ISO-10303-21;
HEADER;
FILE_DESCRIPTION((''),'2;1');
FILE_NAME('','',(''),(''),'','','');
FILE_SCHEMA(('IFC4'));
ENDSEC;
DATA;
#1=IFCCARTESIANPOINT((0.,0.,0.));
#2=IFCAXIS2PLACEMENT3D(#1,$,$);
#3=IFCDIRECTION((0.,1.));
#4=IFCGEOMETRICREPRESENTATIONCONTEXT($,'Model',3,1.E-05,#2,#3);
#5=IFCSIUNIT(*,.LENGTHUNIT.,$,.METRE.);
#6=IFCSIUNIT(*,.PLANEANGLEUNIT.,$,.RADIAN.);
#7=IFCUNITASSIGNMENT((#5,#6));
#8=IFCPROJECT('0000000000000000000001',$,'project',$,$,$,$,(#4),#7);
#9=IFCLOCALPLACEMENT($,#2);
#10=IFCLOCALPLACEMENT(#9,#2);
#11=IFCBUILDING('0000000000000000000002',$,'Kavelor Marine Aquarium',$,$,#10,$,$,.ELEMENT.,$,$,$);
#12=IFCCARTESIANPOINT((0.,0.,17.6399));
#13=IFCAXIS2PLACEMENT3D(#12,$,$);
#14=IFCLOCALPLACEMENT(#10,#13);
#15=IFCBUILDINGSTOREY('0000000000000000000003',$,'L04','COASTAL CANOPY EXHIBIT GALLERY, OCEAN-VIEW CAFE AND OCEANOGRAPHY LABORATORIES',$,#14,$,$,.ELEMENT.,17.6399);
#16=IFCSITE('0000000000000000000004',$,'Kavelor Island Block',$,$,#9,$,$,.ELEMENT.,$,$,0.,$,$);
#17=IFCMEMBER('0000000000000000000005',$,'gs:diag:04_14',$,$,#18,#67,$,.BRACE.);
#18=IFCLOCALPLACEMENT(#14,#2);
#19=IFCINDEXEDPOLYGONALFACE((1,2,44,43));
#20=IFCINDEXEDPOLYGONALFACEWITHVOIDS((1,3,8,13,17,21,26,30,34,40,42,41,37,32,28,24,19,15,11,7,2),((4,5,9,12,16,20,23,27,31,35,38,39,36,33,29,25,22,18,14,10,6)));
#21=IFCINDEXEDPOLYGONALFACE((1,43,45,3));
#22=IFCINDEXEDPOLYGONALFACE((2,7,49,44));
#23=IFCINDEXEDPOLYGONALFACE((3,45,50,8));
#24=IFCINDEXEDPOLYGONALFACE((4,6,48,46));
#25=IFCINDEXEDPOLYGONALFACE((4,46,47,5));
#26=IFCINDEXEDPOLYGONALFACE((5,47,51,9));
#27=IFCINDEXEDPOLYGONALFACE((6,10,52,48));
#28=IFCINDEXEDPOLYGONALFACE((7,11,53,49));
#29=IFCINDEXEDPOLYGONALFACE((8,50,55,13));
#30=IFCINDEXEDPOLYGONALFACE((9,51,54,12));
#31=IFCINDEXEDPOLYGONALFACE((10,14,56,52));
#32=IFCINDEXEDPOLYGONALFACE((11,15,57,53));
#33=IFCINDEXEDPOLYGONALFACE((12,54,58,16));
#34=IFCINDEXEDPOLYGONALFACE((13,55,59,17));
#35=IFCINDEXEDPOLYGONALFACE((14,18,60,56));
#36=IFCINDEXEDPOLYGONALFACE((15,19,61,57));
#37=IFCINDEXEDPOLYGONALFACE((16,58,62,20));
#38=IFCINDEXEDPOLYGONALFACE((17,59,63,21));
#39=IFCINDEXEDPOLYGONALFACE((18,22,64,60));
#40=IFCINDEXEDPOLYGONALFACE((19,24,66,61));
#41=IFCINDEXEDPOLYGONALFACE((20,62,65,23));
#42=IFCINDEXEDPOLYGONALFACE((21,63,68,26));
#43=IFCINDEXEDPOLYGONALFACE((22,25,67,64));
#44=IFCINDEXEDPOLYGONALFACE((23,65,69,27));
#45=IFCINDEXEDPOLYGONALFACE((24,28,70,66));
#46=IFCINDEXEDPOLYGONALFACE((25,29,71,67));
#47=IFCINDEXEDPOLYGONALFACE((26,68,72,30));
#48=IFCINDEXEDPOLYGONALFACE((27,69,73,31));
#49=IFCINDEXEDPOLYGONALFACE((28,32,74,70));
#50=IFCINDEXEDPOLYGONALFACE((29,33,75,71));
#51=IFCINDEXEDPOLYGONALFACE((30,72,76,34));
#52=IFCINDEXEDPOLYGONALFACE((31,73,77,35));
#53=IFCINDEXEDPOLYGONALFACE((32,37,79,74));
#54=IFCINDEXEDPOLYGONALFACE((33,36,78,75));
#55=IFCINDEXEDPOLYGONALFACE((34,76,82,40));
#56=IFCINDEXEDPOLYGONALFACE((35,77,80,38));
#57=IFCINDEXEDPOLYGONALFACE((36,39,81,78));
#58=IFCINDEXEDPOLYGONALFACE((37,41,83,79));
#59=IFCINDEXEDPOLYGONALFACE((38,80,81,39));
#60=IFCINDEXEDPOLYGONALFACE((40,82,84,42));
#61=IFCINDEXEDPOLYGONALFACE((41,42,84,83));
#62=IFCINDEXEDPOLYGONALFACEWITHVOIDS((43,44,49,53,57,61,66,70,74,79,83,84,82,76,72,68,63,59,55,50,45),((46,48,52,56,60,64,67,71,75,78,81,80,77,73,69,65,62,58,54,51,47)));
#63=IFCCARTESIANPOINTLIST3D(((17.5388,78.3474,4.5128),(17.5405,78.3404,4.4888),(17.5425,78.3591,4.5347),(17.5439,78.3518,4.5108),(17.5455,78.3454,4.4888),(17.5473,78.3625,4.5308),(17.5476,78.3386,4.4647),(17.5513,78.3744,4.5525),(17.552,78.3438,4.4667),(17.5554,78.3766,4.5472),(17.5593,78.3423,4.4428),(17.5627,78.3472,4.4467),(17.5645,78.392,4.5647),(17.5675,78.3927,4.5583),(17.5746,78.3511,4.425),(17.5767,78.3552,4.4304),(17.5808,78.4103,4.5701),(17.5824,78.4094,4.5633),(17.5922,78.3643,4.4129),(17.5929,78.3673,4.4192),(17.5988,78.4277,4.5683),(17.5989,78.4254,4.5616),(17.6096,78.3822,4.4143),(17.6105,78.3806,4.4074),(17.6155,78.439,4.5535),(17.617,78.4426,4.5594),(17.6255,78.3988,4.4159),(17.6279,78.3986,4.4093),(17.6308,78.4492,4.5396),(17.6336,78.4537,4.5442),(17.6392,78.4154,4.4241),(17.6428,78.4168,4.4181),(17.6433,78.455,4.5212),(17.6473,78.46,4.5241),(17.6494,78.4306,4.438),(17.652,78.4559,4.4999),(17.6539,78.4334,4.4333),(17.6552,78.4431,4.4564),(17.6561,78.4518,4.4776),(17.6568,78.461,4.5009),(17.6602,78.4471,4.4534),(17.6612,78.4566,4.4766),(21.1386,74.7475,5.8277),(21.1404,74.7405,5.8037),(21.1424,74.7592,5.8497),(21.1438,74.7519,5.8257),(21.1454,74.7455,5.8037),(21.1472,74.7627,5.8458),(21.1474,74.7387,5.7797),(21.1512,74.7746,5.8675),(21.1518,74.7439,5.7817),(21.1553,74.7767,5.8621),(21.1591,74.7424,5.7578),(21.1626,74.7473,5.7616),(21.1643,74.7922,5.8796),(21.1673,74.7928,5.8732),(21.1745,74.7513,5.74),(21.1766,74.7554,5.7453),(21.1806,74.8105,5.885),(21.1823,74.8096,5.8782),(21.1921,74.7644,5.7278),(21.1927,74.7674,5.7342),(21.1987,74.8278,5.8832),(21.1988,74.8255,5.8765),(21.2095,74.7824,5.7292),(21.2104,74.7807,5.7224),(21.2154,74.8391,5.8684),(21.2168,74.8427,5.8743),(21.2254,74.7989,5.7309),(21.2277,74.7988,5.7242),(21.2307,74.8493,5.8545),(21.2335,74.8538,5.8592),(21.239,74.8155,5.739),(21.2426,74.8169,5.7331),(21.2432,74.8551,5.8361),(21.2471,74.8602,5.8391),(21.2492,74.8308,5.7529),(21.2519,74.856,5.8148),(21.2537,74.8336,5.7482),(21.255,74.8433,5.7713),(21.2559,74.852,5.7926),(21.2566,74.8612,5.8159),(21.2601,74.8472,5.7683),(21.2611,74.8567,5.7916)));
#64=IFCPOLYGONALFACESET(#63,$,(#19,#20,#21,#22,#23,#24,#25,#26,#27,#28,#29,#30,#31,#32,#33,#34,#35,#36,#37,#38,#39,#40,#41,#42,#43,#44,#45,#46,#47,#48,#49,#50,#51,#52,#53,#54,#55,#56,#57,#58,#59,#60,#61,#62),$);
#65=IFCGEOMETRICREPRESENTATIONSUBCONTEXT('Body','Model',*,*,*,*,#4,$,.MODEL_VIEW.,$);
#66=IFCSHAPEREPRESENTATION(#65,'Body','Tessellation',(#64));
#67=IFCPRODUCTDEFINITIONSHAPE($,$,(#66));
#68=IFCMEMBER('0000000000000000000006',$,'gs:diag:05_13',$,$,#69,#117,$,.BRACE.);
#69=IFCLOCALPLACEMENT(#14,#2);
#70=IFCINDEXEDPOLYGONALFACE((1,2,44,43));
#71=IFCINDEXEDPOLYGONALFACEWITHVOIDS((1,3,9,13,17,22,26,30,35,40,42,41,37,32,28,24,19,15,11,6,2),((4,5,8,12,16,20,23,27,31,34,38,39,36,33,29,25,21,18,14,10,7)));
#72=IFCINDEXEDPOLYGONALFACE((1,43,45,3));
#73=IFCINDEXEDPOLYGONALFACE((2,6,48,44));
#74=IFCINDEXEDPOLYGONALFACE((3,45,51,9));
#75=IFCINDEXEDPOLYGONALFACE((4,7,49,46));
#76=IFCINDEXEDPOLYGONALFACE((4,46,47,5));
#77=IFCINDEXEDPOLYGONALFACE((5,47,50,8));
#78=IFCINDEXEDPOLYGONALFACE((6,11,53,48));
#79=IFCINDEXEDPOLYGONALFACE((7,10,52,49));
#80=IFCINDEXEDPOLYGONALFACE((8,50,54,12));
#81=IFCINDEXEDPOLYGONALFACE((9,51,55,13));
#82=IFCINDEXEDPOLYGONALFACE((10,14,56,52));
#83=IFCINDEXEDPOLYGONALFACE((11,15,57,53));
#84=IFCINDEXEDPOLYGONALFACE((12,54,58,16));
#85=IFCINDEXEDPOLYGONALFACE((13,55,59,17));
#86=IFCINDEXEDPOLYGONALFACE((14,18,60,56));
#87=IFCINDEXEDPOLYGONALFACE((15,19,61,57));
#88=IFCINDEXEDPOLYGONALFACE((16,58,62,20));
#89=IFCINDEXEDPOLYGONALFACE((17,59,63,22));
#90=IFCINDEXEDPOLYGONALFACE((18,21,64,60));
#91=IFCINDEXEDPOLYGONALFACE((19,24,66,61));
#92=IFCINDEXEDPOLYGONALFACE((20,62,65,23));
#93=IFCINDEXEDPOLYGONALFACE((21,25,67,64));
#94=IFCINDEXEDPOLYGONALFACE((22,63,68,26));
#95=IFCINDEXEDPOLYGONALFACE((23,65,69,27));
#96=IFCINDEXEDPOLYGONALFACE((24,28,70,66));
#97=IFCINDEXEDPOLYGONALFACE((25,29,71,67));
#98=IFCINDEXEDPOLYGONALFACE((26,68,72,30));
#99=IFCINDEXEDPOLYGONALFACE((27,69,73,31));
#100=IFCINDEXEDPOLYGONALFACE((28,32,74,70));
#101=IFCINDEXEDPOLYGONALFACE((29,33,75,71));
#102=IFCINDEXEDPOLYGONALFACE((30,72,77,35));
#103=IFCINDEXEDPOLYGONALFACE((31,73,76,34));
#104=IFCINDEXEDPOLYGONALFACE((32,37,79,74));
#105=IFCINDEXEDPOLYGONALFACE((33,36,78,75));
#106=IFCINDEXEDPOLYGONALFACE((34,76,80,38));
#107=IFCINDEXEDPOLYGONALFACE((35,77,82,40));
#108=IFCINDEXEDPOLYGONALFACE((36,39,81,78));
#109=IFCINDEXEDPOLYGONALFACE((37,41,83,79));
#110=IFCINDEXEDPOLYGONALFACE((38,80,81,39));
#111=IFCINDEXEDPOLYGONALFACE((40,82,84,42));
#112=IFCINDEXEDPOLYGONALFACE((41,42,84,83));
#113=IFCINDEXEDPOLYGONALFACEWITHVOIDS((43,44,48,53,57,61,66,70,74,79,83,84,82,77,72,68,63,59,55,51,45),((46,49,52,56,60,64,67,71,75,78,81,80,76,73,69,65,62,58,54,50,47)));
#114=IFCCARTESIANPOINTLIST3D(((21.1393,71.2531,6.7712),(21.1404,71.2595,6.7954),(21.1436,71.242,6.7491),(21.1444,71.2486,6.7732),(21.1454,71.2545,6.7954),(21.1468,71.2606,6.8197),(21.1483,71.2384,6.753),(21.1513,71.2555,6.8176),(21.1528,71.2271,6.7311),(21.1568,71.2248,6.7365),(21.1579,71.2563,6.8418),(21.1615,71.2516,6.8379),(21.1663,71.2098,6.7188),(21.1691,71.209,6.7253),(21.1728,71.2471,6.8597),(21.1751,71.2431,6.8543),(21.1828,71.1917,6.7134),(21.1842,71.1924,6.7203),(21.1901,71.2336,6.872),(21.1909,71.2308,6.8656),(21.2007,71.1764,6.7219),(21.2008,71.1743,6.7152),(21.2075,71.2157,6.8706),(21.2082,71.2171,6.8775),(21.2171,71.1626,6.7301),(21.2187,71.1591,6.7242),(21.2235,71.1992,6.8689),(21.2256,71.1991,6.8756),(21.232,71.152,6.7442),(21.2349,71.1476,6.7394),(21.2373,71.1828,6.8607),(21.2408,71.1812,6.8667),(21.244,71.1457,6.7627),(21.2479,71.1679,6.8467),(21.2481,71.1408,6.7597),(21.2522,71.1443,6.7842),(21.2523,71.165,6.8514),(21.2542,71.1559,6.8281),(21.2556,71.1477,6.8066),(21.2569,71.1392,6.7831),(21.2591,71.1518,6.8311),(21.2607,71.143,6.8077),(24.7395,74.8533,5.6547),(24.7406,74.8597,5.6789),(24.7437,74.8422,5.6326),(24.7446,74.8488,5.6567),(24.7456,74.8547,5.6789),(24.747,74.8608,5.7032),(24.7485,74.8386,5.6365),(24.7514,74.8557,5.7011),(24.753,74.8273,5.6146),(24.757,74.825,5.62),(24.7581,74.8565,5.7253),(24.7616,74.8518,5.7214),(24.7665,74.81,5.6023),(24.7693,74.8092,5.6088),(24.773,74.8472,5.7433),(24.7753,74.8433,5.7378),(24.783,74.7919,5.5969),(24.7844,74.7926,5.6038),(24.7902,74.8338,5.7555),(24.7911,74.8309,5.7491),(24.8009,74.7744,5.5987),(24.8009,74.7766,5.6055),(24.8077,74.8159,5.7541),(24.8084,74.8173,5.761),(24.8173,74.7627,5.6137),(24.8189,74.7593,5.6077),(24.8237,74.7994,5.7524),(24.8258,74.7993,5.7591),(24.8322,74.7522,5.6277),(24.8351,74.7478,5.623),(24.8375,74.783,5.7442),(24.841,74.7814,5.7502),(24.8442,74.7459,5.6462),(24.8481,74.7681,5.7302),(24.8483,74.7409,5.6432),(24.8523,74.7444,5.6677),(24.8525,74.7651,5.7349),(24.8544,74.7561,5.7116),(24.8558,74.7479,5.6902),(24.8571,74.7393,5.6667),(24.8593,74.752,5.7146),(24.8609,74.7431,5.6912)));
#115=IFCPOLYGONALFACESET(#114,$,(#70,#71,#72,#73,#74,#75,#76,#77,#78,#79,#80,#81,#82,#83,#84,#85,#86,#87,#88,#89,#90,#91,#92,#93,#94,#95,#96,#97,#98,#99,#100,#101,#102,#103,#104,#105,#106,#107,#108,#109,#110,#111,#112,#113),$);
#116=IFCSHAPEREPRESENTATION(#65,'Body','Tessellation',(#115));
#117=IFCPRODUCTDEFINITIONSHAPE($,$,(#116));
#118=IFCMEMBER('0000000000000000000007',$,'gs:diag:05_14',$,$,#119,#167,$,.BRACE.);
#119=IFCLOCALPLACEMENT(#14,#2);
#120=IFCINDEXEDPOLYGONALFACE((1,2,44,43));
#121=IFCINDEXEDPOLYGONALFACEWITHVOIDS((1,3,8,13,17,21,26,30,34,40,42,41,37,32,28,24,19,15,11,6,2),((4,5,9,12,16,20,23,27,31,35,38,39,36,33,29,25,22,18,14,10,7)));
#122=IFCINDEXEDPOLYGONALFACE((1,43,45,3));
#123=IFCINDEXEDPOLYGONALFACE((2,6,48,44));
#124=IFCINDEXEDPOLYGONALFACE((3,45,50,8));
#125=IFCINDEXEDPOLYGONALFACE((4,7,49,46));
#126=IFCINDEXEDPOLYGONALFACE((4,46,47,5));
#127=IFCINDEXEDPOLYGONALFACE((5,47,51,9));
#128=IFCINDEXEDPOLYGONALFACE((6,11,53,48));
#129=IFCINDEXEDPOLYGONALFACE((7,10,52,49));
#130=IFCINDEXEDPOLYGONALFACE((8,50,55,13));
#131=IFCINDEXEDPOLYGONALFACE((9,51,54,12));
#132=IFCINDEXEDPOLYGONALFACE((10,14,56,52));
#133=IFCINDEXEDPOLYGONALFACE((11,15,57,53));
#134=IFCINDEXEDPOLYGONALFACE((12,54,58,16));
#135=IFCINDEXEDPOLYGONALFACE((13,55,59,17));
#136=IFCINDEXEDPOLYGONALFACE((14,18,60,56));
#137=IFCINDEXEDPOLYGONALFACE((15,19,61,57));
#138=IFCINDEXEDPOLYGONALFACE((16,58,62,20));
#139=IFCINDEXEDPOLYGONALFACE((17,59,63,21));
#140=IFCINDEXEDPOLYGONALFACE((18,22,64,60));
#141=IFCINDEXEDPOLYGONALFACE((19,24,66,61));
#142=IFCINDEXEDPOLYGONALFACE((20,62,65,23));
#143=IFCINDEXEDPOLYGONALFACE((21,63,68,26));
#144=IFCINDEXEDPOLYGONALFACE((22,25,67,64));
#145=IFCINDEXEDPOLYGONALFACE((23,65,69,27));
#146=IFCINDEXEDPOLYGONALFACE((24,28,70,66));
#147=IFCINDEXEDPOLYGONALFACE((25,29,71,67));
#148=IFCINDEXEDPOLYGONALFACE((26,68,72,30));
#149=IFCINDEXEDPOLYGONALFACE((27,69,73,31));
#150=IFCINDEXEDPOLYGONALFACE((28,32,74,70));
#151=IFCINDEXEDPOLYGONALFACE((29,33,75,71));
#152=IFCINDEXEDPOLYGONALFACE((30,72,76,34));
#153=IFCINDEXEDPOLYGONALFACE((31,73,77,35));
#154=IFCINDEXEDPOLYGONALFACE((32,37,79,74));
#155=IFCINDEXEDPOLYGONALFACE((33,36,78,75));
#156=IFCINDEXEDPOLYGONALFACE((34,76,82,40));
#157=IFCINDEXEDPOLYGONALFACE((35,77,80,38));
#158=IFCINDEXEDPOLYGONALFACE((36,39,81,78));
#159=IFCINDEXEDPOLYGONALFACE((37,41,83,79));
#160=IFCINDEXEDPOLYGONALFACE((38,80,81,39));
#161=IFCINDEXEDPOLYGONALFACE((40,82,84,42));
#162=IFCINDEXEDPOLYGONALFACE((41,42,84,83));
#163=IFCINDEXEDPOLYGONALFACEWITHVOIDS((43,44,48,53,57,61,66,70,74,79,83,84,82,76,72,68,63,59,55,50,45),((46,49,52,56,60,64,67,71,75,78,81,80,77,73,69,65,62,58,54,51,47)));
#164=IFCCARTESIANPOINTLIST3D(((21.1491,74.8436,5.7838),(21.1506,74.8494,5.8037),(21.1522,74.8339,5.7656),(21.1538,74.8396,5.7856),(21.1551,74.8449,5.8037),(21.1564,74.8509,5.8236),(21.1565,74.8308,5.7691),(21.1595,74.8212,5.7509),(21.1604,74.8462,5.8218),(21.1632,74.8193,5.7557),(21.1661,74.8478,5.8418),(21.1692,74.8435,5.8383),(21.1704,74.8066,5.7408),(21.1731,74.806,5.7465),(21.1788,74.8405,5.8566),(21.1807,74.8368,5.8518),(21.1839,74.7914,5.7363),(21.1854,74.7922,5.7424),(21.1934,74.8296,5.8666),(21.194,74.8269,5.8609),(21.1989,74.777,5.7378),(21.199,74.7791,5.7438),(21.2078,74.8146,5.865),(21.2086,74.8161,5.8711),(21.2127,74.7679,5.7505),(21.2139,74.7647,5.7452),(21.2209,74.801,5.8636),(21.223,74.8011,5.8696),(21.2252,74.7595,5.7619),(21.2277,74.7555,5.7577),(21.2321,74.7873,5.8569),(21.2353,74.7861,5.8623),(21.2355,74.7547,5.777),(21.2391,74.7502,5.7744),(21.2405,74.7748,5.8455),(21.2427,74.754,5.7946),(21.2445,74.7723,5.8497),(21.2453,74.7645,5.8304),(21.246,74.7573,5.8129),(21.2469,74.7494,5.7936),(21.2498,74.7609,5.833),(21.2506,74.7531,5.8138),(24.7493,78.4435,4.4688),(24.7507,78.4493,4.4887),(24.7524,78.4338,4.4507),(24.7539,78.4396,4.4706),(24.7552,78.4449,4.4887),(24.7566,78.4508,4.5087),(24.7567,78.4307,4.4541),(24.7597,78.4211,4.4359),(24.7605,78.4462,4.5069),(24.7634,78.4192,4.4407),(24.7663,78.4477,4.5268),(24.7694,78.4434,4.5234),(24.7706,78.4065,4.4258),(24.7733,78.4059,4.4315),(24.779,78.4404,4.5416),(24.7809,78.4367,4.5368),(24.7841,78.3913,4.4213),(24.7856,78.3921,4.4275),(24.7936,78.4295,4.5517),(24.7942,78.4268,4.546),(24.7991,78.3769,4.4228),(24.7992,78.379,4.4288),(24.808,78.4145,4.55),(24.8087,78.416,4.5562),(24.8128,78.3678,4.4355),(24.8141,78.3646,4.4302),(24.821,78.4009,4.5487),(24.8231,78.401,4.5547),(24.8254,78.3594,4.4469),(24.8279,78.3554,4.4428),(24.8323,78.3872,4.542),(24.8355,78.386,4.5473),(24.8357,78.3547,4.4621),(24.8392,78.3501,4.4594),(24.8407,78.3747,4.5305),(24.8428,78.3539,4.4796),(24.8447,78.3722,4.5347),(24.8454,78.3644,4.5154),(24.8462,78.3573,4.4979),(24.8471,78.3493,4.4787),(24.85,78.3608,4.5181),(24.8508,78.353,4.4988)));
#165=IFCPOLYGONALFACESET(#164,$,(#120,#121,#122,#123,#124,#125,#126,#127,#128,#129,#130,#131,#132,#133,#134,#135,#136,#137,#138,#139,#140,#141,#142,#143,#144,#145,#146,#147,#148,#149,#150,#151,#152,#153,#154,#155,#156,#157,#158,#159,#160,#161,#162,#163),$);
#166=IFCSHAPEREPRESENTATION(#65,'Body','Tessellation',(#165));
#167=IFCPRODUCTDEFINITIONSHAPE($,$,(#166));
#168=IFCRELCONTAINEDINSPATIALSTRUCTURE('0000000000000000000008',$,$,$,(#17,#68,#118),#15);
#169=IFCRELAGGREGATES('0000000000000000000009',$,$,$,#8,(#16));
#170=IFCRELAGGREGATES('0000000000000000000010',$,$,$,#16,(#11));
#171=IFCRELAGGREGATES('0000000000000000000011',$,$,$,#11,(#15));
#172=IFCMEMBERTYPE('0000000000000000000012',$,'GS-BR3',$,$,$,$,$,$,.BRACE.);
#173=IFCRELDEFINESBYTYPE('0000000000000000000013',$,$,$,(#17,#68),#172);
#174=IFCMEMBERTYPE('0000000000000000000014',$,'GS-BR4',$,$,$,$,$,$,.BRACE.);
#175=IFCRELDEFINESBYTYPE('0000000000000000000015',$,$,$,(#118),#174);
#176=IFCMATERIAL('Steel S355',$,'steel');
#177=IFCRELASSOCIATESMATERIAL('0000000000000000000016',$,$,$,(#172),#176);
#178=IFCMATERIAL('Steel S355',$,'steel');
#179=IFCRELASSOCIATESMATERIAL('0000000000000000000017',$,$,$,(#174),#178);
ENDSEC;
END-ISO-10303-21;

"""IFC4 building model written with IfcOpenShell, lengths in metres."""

from ifc_helpers import new_model, si_unit, direction, frame, origin, origin_2d, place, context, subcontext, project, spatial, hollow_circle, extrude, material, material_profile, profile_set, type_object, element, save


model = new_model("IFC4")

# Units and contexts
model_context = context("Model", 3, precision=1e-05, world=origin(), true_north=direction((0.0, 1.0)))
body_context = subcontext(model_context, "Body", "Model", "MODEL_VIEW")
ifc_project = project(units=[si_unit("LENGTHUNIT", "METRE"), si_unit("PLANEANGLEUNIT", "RADIAN")], contexts=[model_context])

# Site, building, storey
site_placement = place(None, origin())
site = spatial("IfcSite", under=ifc_project, at=site_placement, Name="Kavelor Island Block", CompositionType="ELEMENT", RefElevation=0.0)
building_placement = place(site_placement, origin())
building = spatial("IfcBuilding", under=site, at=building_placement, Name="Kavelor Marine Aquarium", CompositionType="ELEMENT")
storey_placement = place(building_placement, frame((0.0, 0.0, 17.6399)))
storey = spatial("IfcBuildingStorey", under=building, at=storey_placement, Name="L04", Description="COASTAL CANOPY EXHIBIT GALLERY, OCEAN-VIEW CAFE AND OCEANOGRAPHY LABORATORIES", CompositionType="ELEMENT", Elevation=17.6399)

# Members
ifc_material_1 = material(Name="Steel S355", Category="steel")
ifc_material_profile_1 = material_profile(ifc_material_1, hollow_circle(Radius=0.0842, WallThickness=0.0071, at=origin_2d()), Name="CHS 168.3x7.1")
ifc_profile_set_1 = profile_set([ifc_material_profile_1], Name="Steel S355")
member_type_1 = type_object("IfcMemberType", Name="GS-BR3", PredefinedType="BRACE", material=ifc_profile_set_1)
member_1_placement = place(storey_placement, frame((21.2, 74.8, 5.8037), z_axis=(-0.684638, 0.684638, -0.250082), x_axis=(-0.707107, -0.707107, 0.0)))
element("IfcMember", 1, at=member_1_placement, inside=storey, type_object=member_type_1, Name="gs:diag:04_14", PredefinedType="BRACE", context=body_context, shape_type="SweptSolid", body=[
    extrude(hollow_circle(Radius=0.0842, WallThickness=0.0071, at=origin_2d()), origin(), (0.0, 0.0, 1.0), 5.2581),
])
member_2_placement = place(storey_placement, frame((21.2, 71.2, 6.7954), z_axis=(0.690695, 0.690695, -0.214197), x_axis=(-0.707107, 0.707107, 0.0)))
element("IfcMember", 2, at=member_2_placement, inside=storey, type_object=member_type_1, Name="gs:diag:05_13", PredefinedType="BRACE", context=body_context, shape_type="SweptSolid", body=[
    extrude(hollow_circle(Radius=0.0842, WallThickness=0.0071, at=origin_2d()), origin(), (0.0, 0.0, 1.0), 5.2124),
])
ifc_material_2 = material(Name="Steel S355", Category="steel")
ifc_material_profile_2 = material_profile(ifc_material_2, hollow_circle(Radius=0.0698, WallThickness=0.0063, at=origin_2d()), Name="CHS 139.7x6.3")
ifc_profile_set_2 = profile_set([ifc_material_profile_2], Name="Steel S355")
member_type_2 = type_object("IfcMemberType", Name="GS-BR4", PredefinedType="BRACE", material=ifc_profile_set_2)
member_3_placement = place(storey_placement, frame((21.2, 74.8, 5.8037), z_axis=(0.684663, 0.684616, -0.250074), x_axis=(-0.707083, 0.707131, 0.0)))
element("IfcMember", 3, at=member_3_placement, inside=storey, type_object=member_type_2, Name="gs:diag:05_14", PredefinedType="BRACE", context=body_context, shape_type="SweptSolid", body=[
    extrude(hollow_circle(Radius=0.0698, WallThickness=0.0063, at=origin_2d()), origin(), (0.0, 0.0, 1.0), 5.2583),
])

save(model, "model.ifc")
